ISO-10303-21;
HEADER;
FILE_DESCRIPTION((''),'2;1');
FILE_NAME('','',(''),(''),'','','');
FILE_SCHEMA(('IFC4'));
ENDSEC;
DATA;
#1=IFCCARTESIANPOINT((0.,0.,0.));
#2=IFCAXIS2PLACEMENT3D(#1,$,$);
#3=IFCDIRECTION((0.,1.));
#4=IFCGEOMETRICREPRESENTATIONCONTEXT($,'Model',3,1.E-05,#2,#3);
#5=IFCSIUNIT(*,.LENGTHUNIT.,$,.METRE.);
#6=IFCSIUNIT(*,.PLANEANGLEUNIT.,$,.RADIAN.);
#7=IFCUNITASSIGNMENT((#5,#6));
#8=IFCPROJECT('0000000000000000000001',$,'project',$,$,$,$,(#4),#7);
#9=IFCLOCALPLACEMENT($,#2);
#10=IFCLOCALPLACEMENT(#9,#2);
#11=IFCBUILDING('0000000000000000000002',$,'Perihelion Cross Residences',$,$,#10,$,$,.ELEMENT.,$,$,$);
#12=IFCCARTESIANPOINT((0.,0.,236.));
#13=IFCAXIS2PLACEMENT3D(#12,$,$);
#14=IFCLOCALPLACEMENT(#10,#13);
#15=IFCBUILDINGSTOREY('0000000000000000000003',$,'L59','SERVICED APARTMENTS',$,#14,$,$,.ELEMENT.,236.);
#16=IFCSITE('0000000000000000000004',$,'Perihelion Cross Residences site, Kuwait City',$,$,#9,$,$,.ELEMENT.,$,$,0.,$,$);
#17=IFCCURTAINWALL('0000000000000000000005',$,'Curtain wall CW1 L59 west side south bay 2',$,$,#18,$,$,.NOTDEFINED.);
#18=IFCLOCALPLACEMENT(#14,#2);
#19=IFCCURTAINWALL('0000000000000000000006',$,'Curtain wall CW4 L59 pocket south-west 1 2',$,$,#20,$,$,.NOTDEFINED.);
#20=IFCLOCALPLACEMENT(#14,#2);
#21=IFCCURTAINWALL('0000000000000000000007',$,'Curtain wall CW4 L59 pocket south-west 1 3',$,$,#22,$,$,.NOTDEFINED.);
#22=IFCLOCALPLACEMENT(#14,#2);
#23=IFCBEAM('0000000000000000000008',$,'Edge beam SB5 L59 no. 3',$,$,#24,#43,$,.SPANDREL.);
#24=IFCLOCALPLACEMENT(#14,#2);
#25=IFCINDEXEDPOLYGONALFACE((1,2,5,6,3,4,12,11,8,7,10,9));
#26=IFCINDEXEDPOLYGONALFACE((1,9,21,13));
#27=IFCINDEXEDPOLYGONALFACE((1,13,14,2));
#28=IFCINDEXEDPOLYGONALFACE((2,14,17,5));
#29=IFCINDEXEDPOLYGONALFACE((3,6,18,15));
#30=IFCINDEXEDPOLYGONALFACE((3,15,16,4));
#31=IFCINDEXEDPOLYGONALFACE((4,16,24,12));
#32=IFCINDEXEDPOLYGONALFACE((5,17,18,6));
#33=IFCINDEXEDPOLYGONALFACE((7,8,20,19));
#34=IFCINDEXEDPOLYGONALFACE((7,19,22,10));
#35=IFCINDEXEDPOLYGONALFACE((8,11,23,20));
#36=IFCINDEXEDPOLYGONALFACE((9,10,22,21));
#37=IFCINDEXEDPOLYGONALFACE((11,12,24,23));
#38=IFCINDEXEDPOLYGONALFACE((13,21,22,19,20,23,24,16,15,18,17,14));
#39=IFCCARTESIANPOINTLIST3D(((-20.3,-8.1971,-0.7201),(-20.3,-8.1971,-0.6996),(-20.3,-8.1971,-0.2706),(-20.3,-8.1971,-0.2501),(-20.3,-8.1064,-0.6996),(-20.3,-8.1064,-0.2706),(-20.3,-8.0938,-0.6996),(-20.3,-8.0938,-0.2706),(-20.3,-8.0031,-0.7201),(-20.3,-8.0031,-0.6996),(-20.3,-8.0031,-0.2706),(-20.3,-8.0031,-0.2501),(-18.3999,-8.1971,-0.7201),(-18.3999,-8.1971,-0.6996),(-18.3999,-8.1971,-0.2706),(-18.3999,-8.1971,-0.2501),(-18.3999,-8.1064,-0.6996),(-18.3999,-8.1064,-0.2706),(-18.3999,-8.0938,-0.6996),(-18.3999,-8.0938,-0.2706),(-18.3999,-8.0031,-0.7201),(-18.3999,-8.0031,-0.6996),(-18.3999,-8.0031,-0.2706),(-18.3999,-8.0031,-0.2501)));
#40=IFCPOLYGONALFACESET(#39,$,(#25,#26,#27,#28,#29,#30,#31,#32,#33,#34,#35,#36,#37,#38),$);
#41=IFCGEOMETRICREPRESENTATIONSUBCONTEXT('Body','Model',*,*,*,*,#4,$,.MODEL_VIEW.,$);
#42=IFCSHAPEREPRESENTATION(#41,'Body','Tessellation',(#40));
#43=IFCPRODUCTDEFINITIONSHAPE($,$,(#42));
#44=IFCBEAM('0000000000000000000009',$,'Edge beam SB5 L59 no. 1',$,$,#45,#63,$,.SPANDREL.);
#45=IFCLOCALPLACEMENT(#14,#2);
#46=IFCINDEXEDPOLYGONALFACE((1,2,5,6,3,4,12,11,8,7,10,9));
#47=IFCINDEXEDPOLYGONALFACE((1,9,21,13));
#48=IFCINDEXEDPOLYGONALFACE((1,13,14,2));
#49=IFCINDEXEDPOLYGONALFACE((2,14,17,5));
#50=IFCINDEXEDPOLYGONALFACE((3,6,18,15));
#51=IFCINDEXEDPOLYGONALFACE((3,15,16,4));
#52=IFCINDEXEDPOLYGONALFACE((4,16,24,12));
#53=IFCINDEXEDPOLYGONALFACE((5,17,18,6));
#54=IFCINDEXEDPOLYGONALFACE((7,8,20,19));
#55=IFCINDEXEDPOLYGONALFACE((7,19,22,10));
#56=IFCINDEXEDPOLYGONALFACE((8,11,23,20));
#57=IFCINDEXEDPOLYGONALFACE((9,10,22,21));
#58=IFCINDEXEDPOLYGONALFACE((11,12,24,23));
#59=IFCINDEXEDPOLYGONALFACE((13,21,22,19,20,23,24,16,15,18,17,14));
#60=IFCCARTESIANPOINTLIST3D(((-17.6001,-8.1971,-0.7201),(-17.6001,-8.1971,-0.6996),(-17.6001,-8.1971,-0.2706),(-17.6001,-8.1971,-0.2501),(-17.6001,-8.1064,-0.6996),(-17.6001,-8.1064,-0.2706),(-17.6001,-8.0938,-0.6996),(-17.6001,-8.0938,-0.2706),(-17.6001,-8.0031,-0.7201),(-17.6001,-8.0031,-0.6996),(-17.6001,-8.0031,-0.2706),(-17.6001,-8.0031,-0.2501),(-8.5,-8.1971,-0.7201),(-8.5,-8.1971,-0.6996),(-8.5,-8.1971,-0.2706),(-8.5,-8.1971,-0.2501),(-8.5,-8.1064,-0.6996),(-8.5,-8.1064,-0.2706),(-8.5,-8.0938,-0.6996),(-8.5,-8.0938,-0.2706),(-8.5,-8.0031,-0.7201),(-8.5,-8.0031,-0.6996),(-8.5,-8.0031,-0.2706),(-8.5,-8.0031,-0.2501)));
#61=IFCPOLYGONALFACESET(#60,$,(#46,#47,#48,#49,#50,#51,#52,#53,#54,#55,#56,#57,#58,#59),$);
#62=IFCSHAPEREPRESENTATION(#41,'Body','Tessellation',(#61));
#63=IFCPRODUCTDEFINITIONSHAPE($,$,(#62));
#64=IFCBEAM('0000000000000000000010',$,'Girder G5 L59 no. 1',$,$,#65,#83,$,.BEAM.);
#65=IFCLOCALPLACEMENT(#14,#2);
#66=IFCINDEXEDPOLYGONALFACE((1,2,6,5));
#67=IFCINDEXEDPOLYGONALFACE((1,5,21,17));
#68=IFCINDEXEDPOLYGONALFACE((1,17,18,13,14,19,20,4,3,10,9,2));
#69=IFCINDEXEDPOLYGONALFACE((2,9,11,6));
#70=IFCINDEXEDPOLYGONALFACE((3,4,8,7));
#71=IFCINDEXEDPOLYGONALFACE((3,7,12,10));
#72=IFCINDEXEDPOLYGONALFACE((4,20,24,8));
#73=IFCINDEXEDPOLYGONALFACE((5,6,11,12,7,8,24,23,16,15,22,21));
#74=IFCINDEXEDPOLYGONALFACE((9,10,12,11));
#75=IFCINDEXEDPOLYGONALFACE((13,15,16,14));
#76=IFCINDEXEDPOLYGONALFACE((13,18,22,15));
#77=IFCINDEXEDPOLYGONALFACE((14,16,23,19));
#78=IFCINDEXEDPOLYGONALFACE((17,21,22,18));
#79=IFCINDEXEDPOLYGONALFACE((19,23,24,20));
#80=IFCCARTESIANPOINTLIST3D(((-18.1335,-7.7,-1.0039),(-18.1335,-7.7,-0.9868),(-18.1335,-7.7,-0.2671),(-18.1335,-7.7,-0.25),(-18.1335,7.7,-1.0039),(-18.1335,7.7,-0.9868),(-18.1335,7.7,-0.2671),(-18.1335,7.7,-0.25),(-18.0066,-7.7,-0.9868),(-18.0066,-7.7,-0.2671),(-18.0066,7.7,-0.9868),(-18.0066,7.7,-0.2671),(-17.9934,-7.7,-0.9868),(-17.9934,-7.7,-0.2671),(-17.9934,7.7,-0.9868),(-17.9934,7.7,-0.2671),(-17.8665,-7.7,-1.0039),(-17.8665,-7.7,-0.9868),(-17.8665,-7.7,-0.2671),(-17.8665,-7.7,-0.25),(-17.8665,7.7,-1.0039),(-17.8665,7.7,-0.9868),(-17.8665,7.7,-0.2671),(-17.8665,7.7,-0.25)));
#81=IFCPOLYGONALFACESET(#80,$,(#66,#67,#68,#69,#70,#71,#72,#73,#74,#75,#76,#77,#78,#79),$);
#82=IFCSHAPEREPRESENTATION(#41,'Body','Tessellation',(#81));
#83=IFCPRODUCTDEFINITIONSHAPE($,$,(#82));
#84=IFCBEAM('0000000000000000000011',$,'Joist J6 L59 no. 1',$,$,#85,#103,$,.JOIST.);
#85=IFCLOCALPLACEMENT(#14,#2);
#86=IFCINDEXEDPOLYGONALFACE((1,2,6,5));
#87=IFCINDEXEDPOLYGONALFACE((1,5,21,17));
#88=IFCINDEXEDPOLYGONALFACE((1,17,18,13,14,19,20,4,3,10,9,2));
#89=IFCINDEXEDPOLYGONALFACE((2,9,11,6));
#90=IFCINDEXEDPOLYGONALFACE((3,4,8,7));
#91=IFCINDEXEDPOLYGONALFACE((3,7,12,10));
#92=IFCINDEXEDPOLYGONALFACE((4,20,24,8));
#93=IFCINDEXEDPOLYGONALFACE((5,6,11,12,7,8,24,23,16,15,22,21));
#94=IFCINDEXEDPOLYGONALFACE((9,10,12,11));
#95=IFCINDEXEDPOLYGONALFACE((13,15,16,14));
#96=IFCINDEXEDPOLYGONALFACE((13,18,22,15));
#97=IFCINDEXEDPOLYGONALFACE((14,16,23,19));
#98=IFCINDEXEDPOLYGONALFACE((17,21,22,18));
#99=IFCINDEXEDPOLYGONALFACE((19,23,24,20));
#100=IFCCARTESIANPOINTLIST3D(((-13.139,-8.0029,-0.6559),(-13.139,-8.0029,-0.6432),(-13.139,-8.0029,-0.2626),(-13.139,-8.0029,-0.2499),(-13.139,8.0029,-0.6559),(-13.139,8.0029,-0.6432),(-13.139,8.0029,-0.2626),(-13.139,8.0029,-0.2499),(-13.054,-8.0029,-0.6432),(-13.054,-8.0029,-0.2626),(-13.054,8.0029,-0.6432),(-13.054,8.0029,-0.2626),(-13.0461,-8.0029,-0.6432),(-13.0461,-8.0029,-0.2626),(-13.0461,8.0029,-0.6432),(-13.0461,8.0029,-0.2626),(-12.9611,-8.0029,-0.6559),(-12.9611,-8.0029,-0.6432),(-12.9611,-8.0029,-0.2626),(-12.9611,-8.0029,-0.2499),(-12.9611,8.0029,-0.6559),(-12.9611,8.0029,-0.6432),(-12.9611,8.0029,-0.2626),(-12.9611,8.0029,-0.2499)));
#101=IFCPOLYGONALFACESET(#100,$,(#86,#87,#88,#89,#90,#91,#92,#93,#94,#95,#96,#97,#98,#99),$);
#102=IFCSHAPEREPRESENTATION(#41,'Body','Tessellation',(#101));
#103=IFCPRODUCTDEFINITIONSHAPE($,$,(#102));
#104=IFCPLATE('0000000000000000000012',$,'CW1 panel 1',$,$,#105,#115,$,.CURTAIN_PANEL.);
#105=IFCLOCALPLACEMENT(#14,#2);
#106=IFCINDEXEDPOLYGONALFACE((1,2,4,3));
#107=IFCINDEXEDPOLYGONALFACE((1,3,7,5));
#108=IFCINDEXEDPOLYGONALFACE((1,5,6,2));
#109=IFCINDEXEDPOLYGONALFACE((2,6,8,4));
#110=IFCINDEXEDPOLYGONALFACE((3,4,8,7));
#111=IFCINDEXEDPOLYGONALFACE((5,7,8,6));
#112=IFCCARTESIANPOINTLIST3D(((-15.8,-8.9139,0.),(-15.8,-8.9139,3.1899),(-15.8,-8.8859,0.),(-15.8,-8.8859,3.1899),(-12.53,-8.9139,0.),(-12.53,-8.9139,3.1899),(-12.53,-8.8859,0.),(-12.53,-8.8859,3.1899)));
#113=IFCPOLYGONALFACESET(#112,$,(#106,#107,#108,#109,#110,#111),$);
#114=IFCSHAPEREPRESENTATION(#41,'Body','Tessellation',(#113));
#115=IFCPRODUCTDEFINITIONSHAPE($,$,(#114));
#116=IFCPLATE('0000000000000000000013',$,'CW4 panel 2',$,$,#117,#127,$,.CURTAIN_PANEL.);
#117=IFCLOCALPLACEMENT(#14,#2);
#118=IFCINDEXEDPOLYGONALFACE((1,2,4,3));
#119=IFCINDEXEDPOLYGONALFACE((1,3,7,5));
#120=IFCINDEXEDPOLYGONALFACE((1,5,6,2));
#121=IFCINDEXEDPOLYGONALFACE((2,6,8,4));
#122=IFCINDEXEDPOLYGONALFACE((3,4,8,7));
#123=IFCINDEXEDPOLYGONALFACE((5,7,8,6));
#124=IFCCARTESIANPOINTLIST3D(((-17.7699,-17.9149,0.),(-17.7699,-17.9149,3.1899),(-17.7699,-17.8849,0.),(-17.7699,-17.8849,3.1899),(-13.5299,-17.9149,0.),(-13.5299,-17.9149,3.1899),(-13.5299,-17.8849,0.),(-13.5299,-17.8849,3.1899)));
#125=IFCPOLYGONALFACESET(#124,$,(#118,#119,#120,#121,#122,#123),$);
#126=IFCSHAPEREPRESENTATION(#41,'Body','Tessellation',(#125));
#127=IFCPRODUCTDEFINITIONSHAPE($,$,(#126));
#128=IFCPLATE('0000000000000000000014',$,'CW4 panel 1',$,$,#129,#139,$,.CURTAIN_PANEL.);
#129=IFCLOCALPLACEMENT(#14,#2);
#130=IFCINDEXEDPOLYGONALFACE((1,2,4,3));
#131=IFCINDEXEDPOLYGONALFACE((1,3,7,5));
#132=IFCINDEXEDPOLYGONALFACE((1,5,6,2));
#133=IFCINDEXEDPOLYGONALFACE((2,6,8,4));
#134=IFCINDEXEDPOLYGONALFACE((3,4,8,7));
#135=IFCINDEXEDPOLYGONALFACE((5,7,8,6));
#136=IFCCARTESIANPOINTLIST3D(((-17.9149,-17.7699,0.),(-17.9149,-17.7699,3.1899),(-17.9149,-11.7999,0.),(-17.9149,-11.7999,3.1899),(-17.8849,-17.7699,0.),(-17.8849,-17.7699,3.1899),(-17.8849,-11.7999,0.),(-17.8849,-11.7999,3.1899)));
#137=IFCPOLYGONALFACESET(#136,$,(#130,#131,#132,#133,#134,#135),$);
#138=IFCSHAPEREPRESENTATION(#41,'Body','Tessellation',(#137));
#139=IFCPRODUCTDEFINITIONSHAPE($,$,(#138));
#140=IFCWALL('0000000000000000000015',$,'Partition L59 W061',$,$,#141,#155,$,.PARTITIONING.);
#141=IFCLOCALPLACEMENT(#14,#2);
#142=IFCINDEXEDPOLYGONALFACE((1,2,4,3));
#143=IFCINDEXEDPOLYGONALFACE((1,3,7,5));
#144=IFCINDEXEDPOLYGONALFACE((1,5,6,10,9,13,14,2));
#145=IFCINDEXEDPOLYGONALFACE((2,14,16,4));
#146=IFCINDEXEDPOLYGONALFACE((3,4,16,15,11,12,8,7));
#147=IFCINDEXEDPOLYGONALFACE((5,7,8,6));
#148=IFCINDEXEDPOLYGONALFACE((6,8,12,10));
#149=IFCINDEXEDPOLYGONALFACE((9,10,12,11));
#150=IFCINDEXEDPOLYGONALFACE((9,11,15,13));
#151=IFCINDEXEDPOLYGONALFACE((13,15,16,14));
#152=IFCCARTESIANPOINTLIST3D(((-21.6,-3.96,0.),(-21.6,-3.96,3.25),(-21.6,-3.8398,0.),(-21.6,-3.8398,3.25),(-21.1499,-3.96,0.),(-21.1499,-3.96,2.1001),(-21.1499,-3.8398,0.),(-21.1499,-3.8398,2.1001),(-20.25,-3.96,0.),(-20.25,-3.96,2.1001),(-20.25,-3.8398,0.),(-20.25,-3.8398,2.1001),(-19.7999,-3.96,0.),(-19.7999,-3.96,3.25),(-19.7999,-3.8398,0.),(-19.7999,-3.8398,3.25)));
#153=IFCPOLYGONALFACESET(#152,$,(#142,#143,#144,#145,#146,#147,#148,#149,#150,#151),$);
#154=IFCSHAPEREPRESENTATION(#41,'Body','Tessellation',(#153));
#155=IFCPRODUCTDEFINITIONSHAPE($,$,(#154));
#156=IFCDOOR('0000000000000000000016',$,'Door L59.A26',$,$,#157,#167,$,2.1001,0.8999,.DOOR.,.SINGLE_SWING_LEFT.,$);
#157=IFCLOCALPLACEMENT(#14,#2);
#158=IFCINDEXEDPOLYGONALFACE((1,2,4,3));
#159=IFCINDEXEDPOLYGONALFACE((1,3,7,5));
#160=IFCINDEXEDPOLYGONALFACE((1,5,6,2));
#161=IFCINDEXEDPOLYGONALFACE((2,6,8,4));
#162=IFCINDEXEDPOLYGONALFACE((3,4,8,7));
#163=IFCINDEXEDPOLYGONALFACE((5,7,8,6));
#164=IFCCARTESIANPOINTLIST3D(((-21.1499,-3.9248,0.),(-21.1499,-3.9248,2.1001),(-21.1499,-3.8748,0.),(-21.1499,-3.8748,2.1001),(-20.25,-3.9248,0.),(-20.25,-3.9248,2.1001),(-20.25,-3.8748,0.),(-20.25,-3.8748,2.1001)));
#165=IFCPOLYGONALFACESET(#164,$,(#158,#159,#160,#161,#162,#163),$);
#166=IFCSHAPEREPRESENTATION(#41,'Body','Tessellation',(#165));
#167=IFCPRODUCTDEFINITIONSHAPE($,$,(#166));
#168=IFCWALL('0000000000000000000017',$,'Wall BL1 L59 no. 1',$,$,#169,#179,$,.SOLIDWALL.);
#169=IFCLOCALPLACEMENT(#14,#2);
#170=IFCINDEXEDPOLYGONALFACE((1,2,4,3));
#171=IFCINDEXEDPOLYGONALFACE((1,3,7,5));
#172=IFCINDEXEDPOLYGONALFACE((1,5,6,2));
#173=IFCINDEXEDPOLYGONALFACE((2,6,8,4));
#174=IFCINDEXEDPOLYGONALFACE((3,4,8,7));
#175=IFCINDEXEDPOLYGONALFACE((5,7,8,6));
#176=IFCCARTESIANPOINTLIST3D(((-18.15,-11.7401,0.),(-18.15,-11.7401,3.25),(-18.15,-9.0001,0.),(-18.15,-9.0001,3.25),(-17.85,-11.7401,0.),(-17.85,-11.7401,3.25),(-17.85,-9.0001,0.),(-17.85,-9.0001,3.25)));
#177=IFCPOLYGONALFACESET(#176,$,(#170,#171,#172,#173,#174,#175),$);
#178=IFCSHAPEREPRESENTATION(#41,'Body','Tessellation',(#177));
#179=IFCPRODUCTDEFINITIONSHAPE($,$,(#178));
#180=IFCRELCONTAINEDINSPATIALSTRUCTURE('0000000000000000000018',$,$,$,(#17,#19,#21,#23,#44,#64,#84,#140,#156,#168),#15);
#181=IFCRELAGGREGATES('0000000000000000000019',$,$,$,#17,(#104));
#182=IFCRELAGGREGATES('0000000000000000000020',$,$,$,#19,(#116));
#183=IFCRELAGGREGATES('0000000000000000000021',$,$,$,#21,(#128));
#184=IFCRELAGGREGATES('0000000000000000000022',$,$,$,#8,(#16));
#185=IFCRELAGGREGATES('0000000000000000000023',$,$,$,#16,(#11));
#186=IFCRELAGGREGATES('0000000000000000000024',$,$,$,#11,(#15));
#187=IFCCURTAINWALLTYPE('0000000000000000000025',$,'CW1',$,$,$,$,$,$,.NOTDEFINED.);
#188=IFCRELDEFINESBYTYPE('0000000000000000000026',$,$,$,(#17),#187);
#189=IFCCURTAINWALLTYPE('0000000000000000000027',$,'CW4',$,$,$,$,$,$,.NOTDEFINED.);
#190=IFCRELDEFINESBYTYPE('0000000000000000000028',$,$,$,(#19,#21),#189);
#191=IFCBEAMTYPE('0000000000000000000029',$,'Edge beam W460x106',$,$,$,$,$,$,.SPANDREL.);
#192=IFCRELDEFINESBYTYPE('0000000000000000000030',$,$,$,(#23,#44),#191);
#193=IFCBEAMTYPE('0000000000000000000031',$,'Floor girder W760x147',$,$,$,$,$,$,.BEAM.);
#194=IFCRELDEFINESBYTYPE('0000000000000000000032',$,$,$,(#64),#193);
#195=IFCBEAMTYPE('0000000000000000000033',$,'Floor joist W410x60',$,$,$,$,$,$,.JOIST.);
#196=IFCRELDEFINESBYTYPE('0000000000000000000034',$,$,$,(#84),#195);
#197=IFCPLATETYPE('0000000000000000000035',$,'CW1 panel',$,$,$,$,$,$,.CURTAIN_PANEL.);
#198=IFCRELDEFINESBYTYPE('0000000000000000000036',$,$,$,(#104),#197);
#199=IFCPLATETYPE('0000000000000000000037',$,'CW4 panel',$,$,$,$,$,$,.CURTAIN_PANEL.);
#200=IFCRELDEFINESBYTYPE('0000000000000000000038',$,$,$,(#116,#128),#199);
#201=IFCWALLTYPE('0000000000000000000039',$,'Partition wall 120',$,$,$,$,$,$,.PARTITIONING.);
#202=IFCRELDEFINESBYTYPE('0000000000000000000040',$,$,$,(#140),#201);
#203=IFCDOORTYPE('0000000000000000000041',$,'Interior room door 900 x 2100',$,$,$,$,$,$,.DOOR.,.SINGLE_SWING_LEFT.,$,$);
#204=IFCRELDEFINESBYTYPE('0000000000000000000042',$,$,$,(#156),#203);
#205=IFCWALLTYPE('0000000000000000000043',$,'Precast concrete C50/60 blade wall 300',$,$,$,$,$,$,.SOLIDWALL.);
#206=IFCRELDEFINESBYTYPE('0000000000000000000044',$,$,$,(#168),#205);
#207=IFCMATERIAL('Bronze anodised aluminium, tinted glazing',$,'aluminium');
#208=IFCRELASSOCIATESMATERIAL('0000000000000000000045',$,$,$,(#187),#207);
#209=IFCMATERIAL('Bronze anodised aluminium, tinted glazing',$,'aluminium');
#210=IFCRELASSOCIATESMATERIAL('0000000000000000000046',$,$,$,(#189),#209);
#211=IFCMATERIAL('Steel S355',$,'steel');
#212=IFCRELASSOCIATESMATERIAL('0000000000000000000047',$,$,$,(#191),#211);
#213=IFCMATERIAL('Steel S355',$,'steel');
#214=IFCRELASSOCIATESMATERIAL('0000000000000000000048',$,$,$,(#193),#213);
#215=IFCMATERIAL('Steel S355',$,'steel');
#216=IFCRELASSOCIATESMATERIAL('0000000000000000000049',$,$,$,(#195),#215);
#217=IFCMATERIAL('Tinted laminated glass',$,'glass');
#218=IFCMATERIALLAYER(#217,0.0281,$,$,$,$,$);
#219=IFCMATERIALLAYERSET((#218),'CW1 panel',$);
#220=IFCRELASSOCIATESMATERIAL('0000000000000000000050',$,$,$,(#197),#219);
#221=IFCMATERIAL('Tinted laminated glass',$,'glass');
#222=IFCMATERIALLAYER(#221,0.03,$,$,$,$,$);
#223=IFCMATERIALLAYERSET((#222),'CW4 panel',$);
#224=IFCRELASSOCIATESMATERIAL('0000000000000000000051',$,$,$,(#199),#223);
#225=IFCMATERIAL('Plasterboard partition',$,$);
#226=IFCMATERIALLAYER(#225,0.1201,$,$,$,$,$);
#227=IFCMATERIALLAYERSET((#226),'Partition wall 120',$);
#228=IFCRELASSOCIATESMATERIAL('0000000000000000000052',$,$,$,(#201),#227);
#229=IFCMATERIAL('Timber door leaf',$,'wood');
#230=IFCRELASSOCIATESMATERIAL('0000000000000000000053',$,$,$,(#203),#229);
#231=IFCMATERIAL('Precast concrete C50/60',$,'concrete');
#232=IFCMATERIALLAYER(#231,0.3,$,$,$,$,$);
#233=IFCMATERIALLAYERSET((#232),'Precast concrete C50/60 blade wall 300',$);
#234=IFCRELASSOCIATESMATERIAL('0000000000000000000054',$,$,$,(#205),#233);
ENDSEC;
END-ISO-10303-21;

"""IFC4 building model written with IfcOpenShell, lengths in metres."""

from ifc_helpers import new_model, si_unit, direction, frame, frame_2d, origin, origin_2d, place, context, subcontext, project, spatial, rectangle, i_section, extrude, material, layer, layer_set, material_profile, profile_set, type_object, element, fill, aggregate, save


model = new_model("IFC4")

# Units and contexts
model_context = context("Model", 3, precision=1e-05, world=origin(), true_north=direction((0.0, 1.0)))
body_context = subcontext(model_context, "Body", "Model", "MODEL_VIEW")
ifc_project = project(units=[si_unit("LENGTHUNIT", "METRE"), si_unit("PLANEANGLEUNIT", "RADIAN")], contexts=[model_context])

# Site, building, storey
site_placement = place(None, origin())
site = spatial("IfcSite", under=ifc_project, at=site_placement, Name="Perihelion Cross Residences site, Kuwait City", CompositionType="ELEMENT", RefElevation=0.0)
building_placement = place(site_placement, origin())
building = spatial("IfcBuilding", under=site, at=building_placement, Name="Perihelion Cross Residences", CompositionType="ELEMENT")
storey_placement = place(building_placement, frame((0.0, 0.0, 236.0)))
storey = spatial("IfcBuildingStorey", under=building, at=storey_placement, Name="L59", Description="SERVICED APARTMENTS", CompositionType="ELEMENT", Elevation=236.0)

# Curtain walls
ifc_material_1 = material(Name="Bronze anodised aluminium, tinted glazing", Category="aluminium")
curtain_wall_type_1 = type_object("IfcCurtainWallType", Name="CW1", PredefinedType="NOTDEFINED", material=ifc_material_1)
curtain_wall_1_placement = place(storey_placement, origin())
curtain_wall_1 = element("IfcCurtainWall", 1, at=curtain_wall_1_placement, inside=storey, type_object=curtain_wall_type_1, Name="Curtain wall CW1 L59 west side south bay 2", PredefinedType="NOTDEFINED")
ifc_material_2 = material(Name="Bronze anodised aluminium, tinted glazing", Category="aluminium")
curtain_wall_type_2 = type_object("IfcCurtainWallType", Name="CW4", PredefinedType="NOTDEFINED", material=ifc_material_2)
curtain_wall_2_placement = place(storey_placement, origin())
curtain_wall_2 = element("IfcCurtainWall", 2, at=curtain_wall_2_placement, inside=storey, type_object=curtain_wall_type_2, Name="Curtain wall CW4 L59 pocket south-west 1 2", PredefinedType="NOTDEFINED")
curtain_wall_3_placement = place(storey_placement, origin())
curtain_wall_3 = element("IfcCurtainWall", 3, at=curtain_wall_3_placement, inside=storey, type_object=curtain_wall_type_2, Name="Curtain wall CW4 L59 pocket south-west 1 3", PredefinedType="NOTDEFINED")

# Beams
ifc_material_3 = material(Name="Steel S355", Category="steel")
ifc_material_profile_1 = material_profile(ifc_material_3, i_section(OverallWidth=0.1941, OverallDepth=0.47, WebThickness=0.0127, FlangeThickness=0.0205, at=origin_2d()), Name="W460x106")
ifc_profile_set_1 = profile_set([ifc_material_profile_1], Name="Steel S355")
beam_type_1 = type_object("IfcBeamType", Name="Edge beam W460x106", PredefinedType="SPANDREL", material=ifc_profile_set_1)
beam_1_placement = place(storey_placement, frame((-20.3, -8.1001, -0.4851), z_axis=(1.0, 0.0, 0.0), x_axis=(0.0, 1.0, 0.0)))
element("IfcBeam", 4, at=beam_1_placement, inside=storey, type_object=beam_type_1, Name="Edge beam SB5 L59 no. 3", PredefinedType="SPANDREL", context=body_context, shape_type="SweptSolid", body=[
    extrude(i_section(OverallWidth=0.1941, OverallDepth=0.47, WebThickness=0.0127, FlangeThickness=0.0205, at=origin_2d()), origin(), (0.0, 0.0, 1.0), 1.9001),
])
beam_2_placement = place(storey_placement, frame((-17.6001, -8.1001, -0.4851), z_axis=(1.0, 0.0, 0.0), x_axis=(0.0, 1.0, 0.0)))
element("IfcBeam", 5, at=beam_2_placement, inside=storey, type_object=beam_type_1, Name="Edge beam SB5 L59 no. 1", PredefinedType="SPANDREL", context=body_context, shape_type="SweptSolid", body=[
    extrude(i_section(OverallWidth=0.1941, OverallDepth=0.47, WebThickness=0.0127, FlangeThickness=0.0205, at=origin_2d()), origin(), (0.0, 0.0, 1.0), 9.1001),
])
ifc_material_4 = material(Name="Steel S355", Category="steel")
ifc_material_profile_2 = material_profile(ifc_material_4, i_section(OverallWidth=0.2671, OverallDepth=0.7539, WebThickness=0.0132, FlangeThickness=0.0171, at=origin_2d()), Name="W760x147")
ifc_profile_set_2 = profile_set([ifc_material_profile_2], Name="Steel S355")
beam_type_2 = type_object("IfcBeamType", Name="Floor girder W760x147", PredefinedType="BEAM", material=ifc_profile_set_2)
beam_3_placement = place(storey_placement, frame((-18.0, -7.7, -0.627), z_axis=(0.0, 1.0, 0.0), x_axis=(-1.0, 0.0, 0.0)))
element("IfcBeam", 6, at=beam_3_placement, inside=storey, type_object=beam_type_2, Name="Girder G5 L59 no. 1", PredefinedType="BEAM", context=body_context, shape_type="SweptSolid", body=[
    extrude(i_section(OverallWidth=0.2671, OverallDepth=0.7539, WebThickness=0.0132, FlangeThickness=0.0171, at=origin_2d()), origin(), (0.0, 0.0, 1.0), 15.3999),
])
ifc_material_5 = material(Name="Steel S355", Category="steel")
ifc_material_profile_3 = material_profile(ifc_material_5, i_section(OverallWidth=0.178, OverallDepth=0.406, WebThickness=0.0078, FlangeThickness=0.0127, at=origin_2d()), Name="W410x60")
ifc_profile_set_3 = profile_set([ifc_material_profile_3], Name="Steel S355")
beam_type_3 = type_object("IfcBeamType", Name="Floor joist W410x60", PredefinedType="JOIST", material=ifc_profile_set_3)
beam_4_placement = place(storey_placement, frame((-13.05, -8.0029, -0.4529), z_axis=(0.0, 1.0, 0.0), x_axis=(-1.0, 0.0, 0.0)))
element("IfcBeam", 7, at=beam_4_placement, inside=storey, type_object=beam_type_3, Name="Joist J6 L59 no. 1", PredefinedType="JOIST", context=body_context, shape_type="SweptSolid", body=[
    extrude(i_section(OverallWidth=0.178, OverallDepth=0.406, WebThickness=0.0078, FlangeThickness=0.0127, at=origin_2d()), origin(), (0.0, 0.0, 1.0), 16.0059),
])

# Plates
ifc_material_6 = material(Name="Tinted laminated glass", Category="glass")
ifc_layer_1 = layer(ifc_material_6, 0.0281)
ifc_layer_set_1 = layer_set([ifc_layer_1], Name="CW1 panel")
plate_type_1 = type_object("IfcPlateType", Name="CW1 panel", PredefinedType="CURTAIN_PANEL", material=ifc_layer_set_1)
plate_1_placement = place(storey_placement, frame((-14.165, -8.8999, 0.0), z_axis=(0.0, 0.0, 1.0), x_axis=(1.0, 0.0, 0.0)))
plate_1 = element("IfcPlate", 8, at=plate_1_placement, type_object=plate_type_1, Name="CW1 panel 1", PredefinedType="CURTAIN_PANEL", context=body_context, shape_type="SweptSolid", body=[
    extrude(rectangle(XDim=3.27, YDim=0.0281, at=origin_2d()), origin(), (0.0, 0.0, 1.0), 3.1899),
])
aggregate(curtain_wall_1, [plate_1])
ifc_material_7 = material(Name="Tinted laminated glass", Category="glass")
ifc_layer_2 = layer(ifc_material_7, 0.03)
ifc_layer_set_2 = layer_set([ifc_layer_2], Name="CW4 panel")
plate_type_2 = type_object("IfcPlateType", Name="CW4 panel", PredefinedType="CURTAIN_PANEL", material=ifc_layer_set_2)
plate_2_placement = place(storey_placement, frame((-15.6499, -17.8999, 0.0), z_axis=(0.0, 0.0, 1.0), x_axis=(-1.0, 0.0, 0.0)))
plate_2 = element("IfcPlate", 9, at=plate_2_placement, type_object=plate_type_2, Name="CW4 panel 2", PredefinedType="CURTAIN_PANEL", context=body_context, shape_type="SweptSolid", body=[
    extrude(rectangle(XDim=4.24, YDim=0.03, at=origin_2d()), origin(), (0.0, 0.0, 1.0), 3.1899),
])
aggregate(curtain_wall_2, [plate_2])
plate_3_placement = place(storey_placement, frame((-17.8999, -14.7849, 0.0), z_axis=(0.0, 0.0, 1.0), x_axis=(0.0, 1.0, 0.0)))
plate_3 = element("IfcPlate", 10, at=plate_3_placement, type_object=plate_type_2, Name="CW4 panel 1", PredefinedType="CURTAIN_PANEL", context=body_context, shape_type="SweptSolid", body=[
    extrude(rectangle(XDim=5.97, YDim=0.03, at=origin_2d()), origin(), (0.0, 0.0, 1.0), 3.1899),
])
aggregate(curtain_wall_3, [plate_3])

# Wall, opening, door
ifc_material_8 = material(Name="Plasterboard partition")
ifc_layer_3 = layer(ifc_material_8, 0.1201)
ifc_layer_set_3 = layer_set([ifc_layer_3], Name="Partition wall 120")
wall_type_1 = type_object("IfcWallType", Name="Partition wall 120", PredefinedType="PARTITIONING", material=ifc_layer_set_3)
wall_1_placement = place(storey_placement, frame((-19.8, -3.8999, 0.0), z_axis=(0.0, 0.0, 1.0), x_axis=(-1.0, 0.0, 0.0)))
wall_1 = element("IfcWall", 11, at=wall_1_placement, inside=storey, type_object=wall_type_1, Name="Partition L59 W061", PredefinedType="PARTITIONING", context=body_context, shape_type="SweptSolid", body=[
    extrude(rectangle(XDim=1.8, YDim=0.1201, at=frame_2d((0.8999, 0.0))), origin(), (0.0, 0.0, 1.0), 3.25),
])
opening_1_placement = place(wall_1_placement, frame((0.45, 0.0, 0.0)))
opening_1 = element("IfcOpeningElement", 12, at=opening_1_placement, cuts=wall_1, PredefinedType="OPENING", context=body_context, shape_type="SweptSolid", body=[
    extrude(rectangle(XDim=0.8999, YDim=2.1001, at=frame_2d((0.45, 1.05))), frame((0.0, 0.0701, 0.0), z_axis=(0.0, -1.0, 0.0), x_axis=(1.0, 0.0, 0.0)), (0.0, 0.0, 1.0), 0.1401),
])
ifc_material_9 = material(Name="Timber door leaf", Category="wood")
door_type_1 = type_object("IfcDoorType", Name="Interior room door 900 x 2100", OperationType="SINGLE_SWING_LEFT", PredefinedType="DOOR", material=ifc_material_9)
door_1_placement = place(opening_1_placement, origin())
door_1 = element("IfcDoor", 13, at=door_1_placement, inside=storey, type_object=door_type_1, Name="Door L59.A26", OperationType="SINGLE_SWING_LEFT", OverallHeight=2.1001, OverallWidth=0.8999, PredefinedType="DOOR", context=body_context, shape_type="SweptSolid", body=[
    extrude(rectangle(XDim=0.8999, YDim=2.1001, at=frame_2d((0.45, 1.05))), frame((0.0, 0.0249, 0.0), z_axis=(0.0, -1.0, 0.0), x_axis=(1.0, 0.0, 0.0)), (0.0, 0.0, 1.0), 0.05),
])
fill(opening_1, door_1)

# Wall
ifc_material_10 = material(Name="Precast concrete C50/60", Category="concrete")
ifc_layer_4 = layer(ifc_material_10, 0.3)
ifc_layer_set_4 = layer_set([ifc_layer_4], Name="Precast concrete C50/60 blade wall 300")
wall_type_2 = type_object("IfcWallType", Name="Precast concrete C50/60 blade wall 300", PredefinedType="SOLIDWALL", material=ifc_layer_set_4)
wall_2_placement = place(storey_placement, frame((-18.0, -9.0, 0.0), z_axis=(0.0, 0.0, 1.0), x_axis=(0.0, -1.0, 0.0)))
element("IfcWall", 14, at=wall_2_placement, inside=storey, type_object=wall_type_2, Name="Wall BL1 L59 no. 1", PredefinedType="SOLIDWALL", context=body_context, shape_type="SweptSolid", body=[
    extrude(rectangle(XDim=2.74, YDim=0.3, at=frame_2d((1.3701, 0.0))), origin(), (0.0, 0.0, 1.0), 3.25),
])

save(model, "model.ifc")
